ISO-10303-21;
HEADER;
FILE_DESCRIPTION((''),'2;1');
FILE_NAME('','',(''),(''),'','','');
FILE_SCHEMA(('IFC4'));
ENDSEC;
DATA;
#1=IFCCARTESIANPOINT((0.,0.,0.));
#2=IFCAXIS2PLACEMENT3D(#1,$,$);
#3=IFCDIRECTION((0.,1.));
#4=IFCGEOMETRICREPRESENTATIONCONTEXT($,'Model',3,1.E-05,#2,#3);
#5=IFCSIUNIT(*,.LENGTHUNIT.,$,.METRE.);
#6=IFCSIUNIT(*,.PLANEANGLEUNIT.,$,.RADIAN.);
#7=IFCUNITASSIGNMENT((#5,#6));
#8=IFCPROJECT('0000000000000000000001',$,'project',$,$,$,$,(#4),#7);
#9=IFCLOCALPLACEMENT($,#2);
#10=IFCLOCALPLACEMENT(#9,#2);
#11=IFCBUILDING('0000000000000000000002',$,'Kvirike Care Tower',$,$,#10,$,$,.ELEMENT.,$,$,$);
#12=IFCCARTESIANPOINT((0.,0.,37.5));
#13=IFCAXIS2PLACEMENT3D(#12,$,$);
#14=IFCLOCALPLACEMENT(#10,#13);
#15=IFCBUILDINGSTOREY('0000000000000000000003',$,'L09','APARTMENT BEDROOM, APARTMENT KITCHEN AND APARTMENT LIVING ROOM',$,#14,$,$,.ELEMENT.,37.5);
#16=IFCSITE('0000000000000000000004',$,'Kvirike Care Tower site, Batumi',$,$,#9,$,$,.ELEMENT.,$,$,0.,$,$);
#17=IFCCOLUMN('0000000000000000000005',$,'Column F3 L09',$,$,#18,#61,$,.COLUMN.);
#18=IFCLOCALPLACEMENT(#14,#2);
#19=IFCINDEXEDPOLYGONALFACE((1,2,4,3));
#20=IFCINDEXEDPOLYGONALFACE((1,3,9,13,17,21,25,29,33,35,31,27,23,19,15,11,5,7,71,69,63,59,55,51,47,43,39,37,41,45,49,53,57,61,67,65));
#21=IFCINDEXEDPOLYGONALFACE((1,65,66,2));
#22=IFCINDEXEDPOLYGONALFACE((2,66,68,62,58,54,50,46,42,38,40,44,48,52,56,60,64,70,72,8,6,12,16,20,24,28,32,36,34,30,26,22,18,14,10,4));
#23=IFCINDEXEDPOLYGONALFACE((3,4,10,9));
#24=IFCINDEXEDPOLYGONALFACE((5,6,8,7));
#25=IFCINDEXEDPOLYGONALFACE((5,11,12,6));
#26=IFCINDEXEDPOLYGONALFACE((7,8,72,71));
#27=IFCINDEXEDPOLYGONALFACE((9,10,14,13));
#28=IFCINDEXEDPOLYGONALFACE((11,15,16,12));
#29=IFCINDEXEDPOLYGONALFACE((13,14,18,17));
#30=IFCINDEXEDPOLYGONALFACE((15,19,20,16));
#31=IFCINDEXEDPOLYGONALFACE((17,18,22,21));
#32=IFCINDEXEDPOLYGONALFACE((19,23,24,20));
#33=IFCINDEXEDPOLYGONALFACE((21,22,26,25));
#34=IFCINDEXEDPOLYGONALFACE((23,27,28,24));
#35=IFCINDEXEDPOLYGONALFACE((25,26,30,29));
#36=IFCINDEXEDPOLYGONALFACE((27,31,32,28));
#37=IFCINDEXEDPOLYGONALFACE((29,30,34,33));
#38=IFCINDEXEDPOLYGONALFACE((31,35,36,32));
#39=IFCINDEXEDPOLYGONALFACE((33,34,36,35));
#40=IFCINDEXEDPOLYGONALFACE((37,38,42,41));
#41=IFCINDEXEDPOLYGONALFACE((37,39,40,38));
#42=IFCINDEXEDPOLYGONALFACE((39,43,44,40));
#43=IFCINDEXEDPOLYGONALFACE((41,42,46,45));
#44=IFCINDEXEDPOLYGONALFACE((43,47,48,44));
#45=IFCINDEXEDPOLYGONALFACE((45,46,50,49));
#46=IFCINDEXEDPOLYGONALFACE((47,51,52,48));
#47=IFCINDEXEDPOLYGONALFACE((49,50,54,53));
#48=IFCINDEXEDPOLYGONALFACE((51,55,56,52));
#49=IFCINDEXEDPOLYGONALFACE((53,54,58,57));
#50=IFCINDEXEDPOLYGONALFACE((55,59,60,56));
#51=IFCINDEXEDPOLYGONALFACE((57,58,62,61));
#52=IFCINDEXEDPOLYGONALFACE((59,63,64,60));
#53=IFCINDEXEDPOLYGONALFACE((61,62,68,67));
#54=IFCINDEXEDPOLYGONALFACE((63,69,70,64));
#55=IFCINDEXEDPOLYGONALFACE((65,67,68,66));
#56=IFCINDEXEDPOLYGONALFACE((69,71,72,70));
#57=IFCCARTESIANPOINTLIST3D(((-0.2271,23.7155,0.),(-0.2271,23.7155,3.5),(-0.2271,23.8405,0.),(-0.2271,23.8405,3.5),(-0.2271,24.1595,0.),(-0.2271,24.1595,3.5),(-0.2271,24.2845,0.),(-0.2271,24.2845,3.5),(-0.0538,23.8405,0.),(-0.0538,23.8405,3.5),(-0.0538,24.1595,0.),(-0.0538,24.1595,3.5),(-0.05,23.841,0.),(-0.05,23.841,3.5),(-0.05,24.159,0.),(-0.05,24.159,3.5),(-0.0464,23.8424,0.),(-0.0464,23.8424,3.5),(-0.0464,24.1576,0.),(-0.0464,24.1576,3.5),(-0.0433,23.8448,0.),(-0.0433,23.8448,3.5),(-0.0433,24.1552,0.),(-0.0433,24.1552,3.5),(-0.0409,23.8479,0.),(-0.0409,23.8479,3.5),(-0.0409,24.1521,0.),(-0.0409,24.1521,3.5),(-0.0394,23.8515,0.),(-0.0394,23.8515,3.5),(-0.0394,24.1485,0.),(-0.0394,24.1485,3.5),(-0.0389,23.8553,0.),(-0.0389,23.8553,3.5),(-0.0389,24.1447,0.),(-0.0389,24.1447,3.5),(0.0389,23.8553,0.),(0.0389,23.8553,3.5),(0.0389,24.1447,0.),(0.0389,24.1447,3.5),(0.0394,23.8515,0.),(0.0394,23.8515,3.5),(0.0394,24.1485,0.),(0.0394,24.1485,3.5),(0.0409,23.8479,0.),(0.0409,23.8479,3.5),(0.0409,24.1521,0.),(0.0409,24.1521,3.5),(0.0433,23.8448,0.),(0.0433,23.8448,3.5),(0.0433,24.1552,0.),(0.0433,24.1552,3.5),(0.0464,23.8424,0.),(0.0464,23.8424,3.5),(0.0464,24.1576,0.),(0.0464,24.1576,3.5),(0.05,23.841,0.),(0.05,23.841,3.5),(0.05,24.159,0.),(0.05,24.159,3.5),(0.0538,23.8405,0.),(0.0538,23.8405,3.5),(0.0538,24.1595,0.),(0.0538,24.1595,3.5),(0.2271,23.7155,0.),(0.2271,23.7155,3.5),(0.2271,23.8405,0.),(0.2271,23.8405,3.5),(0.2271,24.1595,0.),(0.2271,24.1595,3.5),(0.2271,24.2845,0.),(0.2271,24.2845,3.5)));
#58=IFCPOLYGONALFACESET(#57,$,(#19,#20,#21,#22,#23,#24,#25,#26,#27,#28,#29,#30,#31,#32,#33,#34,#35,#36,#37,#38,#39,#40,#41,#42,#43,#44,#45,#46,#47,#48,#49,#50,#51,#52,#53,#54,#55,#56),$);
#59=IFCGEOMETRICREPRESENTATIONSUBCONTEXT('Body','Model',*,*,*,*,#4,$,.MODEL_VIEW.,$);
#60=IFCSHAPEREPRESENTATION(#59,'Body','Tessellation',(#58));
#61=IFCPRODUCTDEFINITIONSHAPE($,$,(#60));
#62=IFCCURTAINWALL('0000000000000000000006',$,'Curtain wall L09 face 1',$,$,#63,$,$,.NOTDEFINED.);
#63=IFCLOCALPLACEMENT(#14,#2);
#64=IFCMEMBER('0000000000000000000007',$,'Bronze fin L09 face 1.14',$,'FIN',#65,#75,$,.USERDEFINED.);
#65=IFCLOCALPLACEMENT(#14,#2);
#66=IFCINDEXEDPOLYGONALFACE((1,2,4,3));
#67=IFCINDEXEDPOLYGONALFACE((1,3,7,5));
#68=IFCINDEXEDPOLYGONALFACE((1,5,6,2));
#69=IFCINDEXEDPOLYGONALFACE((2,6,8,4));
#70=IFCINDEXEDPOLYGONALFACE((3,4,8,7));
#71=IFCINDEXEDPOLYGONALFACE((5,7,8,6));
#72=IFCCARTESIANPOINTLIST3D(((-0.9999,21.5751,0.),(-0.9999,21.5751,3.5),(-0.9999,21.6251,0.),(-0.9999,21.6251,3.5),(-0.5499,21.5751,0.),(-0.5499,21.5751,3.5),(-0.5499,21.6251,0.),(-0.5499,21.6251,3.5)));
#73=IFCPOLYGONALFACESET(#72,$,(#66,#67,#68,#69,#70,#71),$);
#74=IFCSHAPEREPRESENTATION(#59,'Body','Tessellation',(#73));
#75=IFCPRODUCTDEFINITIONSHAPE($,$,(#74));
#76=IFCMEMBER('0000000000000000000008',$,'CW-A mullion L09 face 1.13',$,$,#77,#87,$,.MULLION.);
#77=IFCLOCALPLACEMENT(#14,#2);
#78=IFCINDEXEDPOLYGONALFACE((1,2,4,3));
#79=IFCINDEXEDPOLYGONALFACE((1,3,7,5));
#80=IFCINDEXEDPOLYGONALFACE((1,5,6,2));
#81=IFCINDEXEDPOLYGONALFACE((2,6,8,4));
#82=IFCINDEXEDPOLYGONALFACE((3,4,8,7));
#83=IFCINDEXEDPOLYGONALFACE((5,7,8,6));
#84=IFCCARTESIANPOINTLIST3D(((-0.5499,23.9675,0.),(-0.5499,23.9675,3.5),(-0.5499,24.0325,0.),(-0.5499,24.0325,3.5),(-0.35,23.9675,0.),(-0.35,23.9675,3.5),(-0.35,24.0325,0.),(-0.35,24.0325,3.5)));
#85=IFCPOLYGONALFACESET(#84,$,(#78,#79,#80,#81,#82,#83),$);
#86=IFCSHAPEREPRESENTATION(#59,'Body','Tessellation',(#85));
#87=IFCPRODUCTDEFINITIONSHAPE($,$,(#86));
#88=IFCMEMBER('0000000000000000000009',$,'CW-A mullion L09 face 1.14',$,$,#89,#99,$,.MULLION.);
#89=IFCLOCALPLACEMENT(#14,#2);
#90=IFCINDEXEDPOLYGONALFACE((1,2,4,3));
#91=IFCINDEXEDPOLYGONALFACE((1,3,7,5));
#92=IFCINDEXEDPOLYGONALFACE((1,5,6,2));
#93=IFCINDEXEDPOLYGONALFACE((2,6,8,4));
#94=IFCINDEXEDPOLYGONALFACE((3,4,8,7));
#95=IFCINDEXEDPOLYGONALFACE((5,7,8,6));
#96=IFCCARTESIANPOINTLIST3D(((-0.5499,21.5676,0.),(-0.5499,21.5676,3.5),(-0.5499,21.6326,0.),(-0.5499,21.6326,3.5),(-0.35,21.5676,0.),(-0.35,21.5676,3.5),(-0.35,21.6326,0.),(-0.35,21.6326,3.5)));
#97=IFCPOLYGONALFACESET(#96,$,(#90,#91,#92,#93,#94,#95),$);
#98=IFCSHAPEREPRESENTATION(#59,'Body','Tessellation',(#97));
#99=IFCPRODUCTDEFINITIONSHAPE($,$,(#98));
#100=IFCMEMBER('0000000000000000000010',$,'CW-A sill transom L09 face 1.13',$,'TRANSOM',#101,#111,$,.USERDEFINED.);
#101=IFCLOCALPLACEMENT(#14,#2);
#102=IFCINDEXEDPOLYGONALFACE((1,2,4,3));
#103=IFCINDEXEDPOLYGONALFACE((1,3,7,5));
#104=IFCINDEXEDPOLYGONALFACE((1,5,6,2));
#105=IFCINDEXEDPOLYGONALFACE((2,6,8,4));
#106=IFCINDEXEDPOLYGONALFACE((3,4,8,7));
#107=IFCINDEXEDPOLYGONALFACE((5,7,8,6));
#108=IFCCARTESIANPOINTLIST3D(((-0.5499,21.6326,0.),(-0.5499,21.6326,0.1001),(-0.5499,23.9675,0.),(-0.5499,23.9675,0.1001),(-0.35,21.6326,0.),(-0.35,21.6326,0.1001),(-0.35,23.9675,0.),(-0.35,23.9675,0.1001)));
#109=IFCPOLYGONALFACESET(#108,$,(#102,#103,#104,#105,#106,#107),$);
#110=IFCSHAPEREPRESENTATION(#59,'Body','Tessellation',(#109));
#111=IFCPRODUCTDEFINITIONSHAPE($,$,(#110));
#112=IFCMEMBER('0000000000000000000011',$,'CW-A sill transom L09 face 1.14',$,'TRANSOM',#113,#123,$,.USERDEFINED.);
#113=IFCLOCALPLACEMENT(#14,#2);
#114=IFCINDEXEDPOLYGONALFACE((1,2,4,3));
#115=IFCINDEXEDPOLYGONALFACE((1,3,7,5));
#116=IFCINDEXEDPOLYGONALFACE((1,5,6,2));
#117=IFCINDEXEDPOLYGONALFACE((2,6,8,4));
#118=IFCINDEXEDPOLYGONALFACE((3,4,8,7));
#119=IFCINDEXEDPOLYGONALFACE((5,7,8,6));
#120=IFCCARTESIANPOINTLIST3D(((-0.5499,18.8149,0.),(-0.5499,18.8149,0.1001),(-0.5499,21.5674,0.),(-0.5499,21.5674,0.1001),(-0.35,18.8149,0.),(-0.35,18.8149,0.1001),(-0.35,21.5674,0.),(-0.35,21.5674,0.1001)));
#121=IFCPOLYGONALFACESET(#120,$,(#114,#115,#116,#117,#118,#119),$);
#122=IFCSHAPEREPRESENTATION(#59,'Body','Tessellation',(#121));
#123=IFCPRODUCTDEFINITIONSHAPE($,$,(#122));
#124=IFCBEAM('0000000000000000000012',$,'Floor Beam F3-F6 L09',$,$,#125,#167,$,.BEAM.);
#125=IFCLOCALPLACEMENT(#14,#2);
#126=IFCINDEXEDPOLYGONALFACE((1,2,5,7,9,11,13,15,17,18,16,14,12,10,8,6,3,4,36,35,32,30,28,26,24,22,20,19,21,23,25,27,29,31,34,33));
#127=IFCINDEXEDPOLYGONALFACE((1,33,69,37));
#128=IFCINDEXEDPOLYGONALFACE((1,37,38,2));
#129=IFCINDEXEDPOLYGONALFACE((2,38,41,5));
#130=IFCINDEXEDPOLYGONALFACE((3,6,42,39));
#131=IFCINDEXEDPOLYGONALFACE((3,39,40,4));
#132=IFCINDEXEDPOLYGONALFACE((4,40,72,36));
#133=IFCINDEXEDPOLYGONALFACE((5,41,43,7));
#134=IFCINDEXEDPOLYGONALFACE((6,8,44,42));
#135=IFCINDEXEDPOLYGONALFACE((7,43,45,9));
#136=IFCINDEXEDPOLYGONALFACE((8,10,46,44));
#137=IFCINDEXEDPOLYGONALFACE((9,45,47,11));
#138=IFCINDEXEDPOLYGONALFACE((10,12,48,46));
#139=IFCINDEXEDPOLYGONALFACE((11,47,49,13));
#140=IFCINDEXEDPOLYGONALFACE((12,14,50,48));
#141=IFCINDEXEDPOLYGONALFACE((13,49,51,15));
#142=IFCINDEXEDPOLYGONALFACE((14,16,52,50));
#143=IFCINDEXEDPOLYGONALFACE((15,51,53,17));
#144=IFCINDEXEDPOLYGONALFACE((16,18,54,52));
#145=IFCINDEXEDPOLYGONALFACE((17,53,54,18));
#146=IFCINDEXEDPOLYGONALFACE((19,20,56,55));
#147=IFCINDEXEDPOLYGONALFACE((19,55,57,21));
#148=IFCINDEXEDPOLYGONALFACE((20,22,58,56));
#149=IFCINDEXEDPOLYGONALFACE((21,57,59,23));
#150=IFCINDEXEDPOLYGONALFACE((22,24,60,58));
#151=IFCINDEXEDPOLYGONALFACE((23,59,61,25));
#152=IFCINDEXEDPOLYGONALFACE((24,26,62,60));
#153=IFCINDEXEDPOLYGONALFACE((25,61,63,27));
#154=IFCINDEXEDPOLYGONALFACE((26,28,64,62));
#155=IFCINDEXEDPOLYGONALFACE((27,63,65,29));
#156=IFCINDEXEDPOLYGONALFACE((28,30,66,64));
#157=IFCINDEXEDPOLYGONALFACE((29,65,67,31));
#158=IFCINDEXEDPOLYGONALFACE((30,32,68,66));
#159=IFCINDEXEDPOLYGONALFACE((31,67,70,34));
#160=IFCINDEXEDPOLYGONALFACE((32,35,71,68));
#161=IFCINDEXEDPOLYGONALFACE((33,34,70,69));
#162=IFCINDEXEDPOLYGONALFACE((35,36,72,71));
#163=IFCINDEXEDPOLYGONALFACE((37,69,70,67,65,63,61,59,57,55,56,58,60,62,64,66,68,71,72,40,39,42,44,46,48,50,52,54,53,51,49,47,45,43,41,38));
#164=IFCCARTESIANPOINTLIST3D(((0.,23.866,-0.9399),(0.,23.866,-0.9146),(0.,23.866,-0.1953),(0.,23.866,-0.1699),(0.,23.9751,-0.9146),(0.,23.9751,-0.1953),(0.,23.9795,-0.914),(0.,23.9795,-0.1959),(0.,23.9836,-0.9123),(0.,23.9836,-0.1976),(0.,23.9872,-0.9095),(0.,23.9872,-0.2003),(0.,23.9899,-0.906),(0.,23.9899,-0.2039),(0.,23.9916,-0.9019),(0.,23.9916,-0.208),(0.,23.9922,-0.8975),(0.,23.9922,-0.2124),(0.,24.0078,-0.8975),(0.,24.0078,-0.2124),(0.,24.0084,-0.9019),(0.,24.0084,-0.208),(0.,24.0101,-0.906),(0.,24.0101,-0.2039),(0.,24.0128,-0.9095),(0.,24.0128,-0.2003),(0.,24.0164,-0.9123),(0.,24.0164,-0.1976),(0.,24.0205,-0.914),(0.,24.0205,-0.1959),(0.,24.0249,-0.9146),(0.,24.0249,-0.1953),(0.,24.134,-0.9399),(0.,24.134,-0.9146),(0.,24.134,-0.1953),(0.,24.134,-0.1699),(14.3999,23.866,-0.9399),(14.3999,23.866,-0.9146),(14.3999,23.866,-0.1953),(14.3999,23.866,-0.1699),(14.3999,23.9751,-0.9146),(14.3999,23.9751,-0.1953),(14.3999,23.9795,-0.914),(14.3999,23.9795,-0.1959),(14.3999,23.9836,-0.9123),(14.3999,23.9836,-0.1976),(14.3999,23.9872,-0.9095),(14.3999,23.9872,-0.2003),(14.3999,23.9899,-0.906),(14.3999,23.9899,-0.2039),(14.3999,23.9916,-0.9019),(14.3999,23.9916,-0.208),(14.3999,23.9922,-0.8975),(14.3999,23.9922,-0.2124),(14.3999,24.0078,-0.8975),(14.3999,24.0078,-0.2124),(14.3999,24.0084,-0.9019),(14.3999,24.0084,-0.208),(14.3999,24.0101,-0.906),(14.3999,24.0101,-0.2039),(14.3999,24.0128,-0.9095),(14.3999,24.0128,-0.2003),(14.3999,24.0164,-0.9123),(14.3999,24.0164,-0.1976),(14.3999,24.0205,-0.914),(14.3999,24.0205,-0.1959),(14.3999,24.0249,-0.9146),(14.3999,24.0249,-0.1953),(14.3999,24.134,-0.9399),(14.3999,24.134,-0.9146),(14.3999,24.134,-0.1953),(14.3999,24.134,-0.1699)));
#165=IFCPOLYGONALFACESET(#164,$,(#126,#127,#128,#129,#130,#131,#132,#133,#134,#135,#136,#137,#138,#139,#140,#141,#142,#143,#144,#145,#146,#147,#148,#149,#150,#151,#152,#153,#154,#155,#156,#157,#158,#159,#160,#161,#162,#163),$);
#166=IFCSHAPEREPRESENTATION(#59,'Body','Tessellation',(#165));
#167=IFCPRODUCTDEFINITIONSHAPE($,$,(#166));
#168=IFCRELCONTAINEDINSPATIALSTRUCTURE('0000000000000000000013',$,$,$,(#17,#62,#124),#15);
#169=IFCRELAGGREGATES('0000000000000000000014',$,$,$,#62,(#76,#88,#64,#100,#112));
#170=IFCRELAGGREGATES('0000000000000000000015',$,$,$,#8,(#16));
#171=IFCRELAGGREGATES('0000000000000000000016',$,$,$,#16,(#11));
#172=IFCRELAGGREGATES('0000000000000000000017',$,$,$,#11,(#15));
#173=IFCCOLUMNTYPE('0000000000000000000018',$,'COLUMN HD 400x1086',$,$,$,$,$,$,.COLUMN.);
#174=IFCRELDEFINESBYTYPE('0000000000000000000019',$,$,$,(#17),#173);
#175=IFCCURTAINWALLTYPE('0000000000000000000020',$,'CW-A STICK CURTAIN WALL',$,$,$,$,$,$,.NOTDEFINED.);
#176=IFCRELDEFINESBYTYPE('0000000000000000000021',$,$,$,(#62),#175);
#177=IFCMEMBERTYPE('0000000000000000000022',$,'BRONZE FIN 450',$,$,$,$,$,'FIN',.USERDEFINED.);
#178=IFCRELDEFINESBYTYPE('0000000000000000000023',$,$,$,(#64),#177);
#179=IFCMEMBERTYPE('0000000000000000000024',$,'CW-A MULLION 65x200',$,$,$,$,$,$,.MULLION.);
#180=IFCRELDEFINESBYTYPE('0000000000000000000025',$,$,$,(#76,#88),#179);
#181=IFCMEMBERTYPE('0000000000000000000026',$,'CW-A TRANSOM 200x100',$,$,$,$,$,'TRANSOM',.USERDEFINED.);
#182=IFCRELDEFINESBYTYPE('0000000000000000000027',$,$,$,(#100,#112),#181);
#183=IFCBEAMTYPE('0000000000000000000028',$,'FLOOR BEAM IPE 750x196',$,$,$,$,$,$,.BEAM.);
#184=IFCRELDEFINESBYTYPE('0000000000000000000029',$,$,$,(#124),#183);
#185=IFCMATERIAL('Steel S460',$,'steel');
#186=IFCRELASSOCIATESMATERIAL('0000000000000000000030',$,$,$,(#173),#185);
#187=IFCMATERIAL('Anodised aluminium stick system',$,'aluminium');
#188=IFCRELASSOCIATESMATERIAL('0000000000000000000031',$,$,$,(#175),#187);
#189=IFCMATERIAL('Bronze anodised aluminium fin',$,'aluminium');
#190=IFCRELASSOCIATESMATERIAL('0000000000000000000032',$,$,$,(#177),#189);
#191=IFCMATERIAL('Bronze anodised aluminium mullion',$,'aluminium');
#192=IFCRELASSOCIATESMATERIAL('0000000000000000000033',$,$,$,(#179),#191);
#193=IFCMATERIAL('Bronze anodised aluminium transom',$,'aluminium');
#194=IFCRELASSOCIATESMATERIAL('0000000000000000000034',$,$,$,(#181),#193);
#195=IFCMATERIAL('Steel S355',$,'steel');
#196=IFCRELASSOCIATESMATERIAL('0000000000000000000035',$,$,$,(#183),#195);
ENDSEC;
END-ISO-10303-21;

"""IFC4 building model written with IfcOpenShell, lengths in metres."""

from ifc_helpers import new_model, si_unit, direction, frame, origin, origin_2d, place, context, subcontext, project, spatial, rectangle, i_section, extrude, material, material_profile, profile_set, type_object, element, aggregate, save


model = new_model("IFC4")

# Units and contexts
model_context = context("Model", 3, precision=1e-05, world=origin(), true_north=direction((0.0, 1.0)))
body_context = subcontext(model_context, "Body", "Model", "MODEL_VIEW")
ifc_project = project(units=[si_unit("LENGTHUNIT", "METRE"), si_unit("PLANEANGLEUNIT", "RADIAN")], contexts=[model_context])

# Site, building, storey
site_placement = place(None, origin())
site = spatial("IfcSite", under=ifc_project, at=site_placement, Name="Kvirike Care Tower site, Batumi", CompositionType="ELEMENT", RefElevation=0.0)
building_placement = place(site_placement, origin())
building = spatial("IfcBuilding", under=site, at=building_placement, Name="Kvirike Care Tower", CompositionType="ELEMENT")
storey_placement = place(building_placement, frame((0.0, 0.0, 37.5)))
storey = spatial("IfcBuildingStorey", under=building, at=storey_placement, Name="L09", Description="APARTMENT BEDROOM, APARTMENT KITCHEN AND APARTMENT LIVING ROOM", CompositionType="ELEMENT", Elevation=37.5)

# Column
ifc_material_1 = material(Name="Steel S460", Category="steel")
ifc_material_profile_1 = material_profile(ifc_material_1, i_section(OverallWidth=0.4541, OverallDepth=0.5691, WebThickness=0.0779, FlangeThickness=0.125, FilletRadius=0.0149, at=origin_2d()), Name="HD 400x1086")
ifc_profile_set_1 = profile_set([ifc_material_profile_1], Name="Steel S460")
column_type = type_object("IfcColumnType", Name="COLUMN HD 400x1086", PredefinedType="COLUMN", material=ifc_profile_set_1)
column_placement = place(storey_placement, frame((0.0, 24.0, 0.0), z_axis=(0.0, 0.0, 1.0), x_axis=(1.0, 0.0, 0.0)))
element("IfcColumn", 1, at=column_placement, inside=storey, type_object=column_type, Name="Column F3 L09", PredefinedType="COLUMN", context=body_context, shape_type="SweptSolid", body=[
    extrude(i_section(OverallWidth=0.4541, OverallDepth=0.5691, WebThickness=0.0779, FlangeThickness=0.125, FilletRadius=0.0149, at=origin_2d()), origin(), (0.0, 0.0, 1.0), 3.5),
])

# Curtain wall, members
ifc_material_2 = material(Name="Anodised aluminium stick system", Category="aluminium")
curtain_wall_type = type_object("IfcCurtainWallType", Name="CW-A STICK CURTAIN WALL", PredefinedType="NOTDEFINED", material=ifc_material_2)
curtain_wall_placement = place(storey_placement, origin())
curtain_wall = element("IfcCurtainWall", 2, at=curtain_wall_placement, inside=storey, type_object=curtain_wall_type, Name="Curtain wall L09 face 1", PredefinedType="NOTDEFINED")
ifc_material_3 = material(Name="Bronze anodised aluminium fin", Category="aluminium")
ifc_material_profile_2 = material_profile(ifc_material_3, rectangle(XDim=0.05, YDim=0.45, at=origin_2d()), Name="BRONZE FIN 450")
ifc_profile_set_2 = profile_set([ifc_material_profile_2], Name="Bronze anodised aluminium fin")
member_type_1 = type_object("IfcMemberType", Name="BRONZE FIN 450", ElementType="FIN", PredefinedType="USERDEFINED", material=ifc_profile_set_2)
member_1_placement = place(storey_placement, frame((-0.7749, 21.6001, 0.0), z_axis=(0.0, 0.0, 1.0), x_axis=(0.0, -1.0, 0.0)))
member_1 = element("IfcMember", 3, at=member_1_placement, type_object=member_type_1, Name="Bronze fin L09 face 1.14", ObjectType="FIN", PredefinedType="USERDEFINED", context=body_context, shape_type="SweptSolid", body=[
    extrude(rectangle(XDim=0.05, YDim=0.45, at=origin_2d()), origin(), (0.0, 0.0, 1.0), 3.5),
])
ifc_material_4 = material(Name="Bronze anodised aluminium mullion", Category="aluminium")
ifc_material_profile_3 = material_profile(ifc_material_4, rectangle(XDim=0.0649, YDim=0.2, at=origin_2d()), Name="CW-A MULLION 65x200")
ifc_profile_set_3 = profile_set([ifc_material_profile_3], Name="Bronze anodised aluminium mullion")
member_type_2 = type_object("IfcMemberType", Name="CW-A MULLION 65x200", PredefinedType="MULLION", material=ifc_profile_set_3)
member_2_placement = place(storey_placement, frame((-0.45, 24.0, 0.0), z_axis=(0.0, 0.0, 1.0), x_axis=(0.0, -1.0, 0.0)))
member_2 = element("IfcMember", 4, at=member_2_placement, type_object=member_type_2, Name="CW-A mullion L09 face 1.13", PredefinedType="MULLION", context=body_context, shape_type="SweptSolid", body=[
    extrude(rectangle(XDim=0.0649, YDim=0.2, at=origin_2d()), origin(), (0.0, 0.0, 1.0), 3.5),
])
member_3_placement = place(storey_placement, frame((-0.45, 21.6001, 0.0), z_axis=(0.0, 0.0, 1.0), x_axis=(0.0, -1.0, 0.0)))
member_3 = element("IfcMember", 5, at=member_3_placement, type_object=member_type_2, Name="CW-A mullion L09 face 1.14", PredefinedType="MULLION", context=body_context, shape_type="SweptSolid", body=[
    extrude(rectangle(XDim=0.0649, YDim=0.2, at=origin_2d()), origin(), (0.0, 0.0, 1.0), 3.5),
])
ifc_material_5 = material(Name="Bronze anodised aluminium transom", Category="aluminium")
ifc_material_profile_4 = material_profile(ifc_material_5, rectangle(XDim=0.2, YDim=0.1001, at=origin_2d()), Name="CW-A TRANSOM 200x100")
ifc_profile_set_4 = profile_set([ifc_material_profile_4], Name="Bronze anodised aluminium transom")
member_type_3 = type_object("IfcMemberType", Name="CW-A TRANSOM 200x100", ElementType="TRANSOM", PredefinedType="USERDEFINED", material=ifc_profile_set_4)
member_4_placement = place(storey_placement, frame((-0.45, 23.9675, 0.05), z_axis=(0.0, -1.0, 0.0), x_axis=(1.0, 0.0, 0.0)))
member_4 = element("IfcMember", 6, at=member_4_placement, type_object=member_type_3, Name="CW-A sill transom L09 face 1.13", ObjectType="TRANSOM", PredefinedType="USERDEFINED", context=body_context, shape_type="SweptSolid", body=[
    extrude(rectangle(XDim=0.2, YDim=0.1001, at=origin_2d()), origin(), (0.0, 0.0, 1.0), 2.335),
])
member_5_placement = place(storey_placement, frame((-0.45, 21.5674, 0.05), z_axis=(0.0, -1.0, 0.0), x_axis=(1.0, 0.0, 0.0)))
member_5 = element("IfcMember", 7, at=member_5_placement, type_object=member_type_3, Name="CW-A sill transom L09 face 1.14", ObjectType="TRANSOM", PredefinedType="USERDEFINED", context=body_context, shape_type="SweptSolid", body=[
    extrude(rectangle(XDim=0.2, YDim=0.1001, at=origin_2d()), origin(), (0.0, 0.0, 1.0), 2.7524),
])

# Beam
ifc_material_6 = material(Name="Steel S355", Category="steel")
ifc_material_profile_5 = material_profile(ifc_material_6, i_section(OverallWidth=0.2681, OverallDepth=0.77, WebThickness=0.0156, FlangeThickness=0.0254, FilletRadius=0.0171, at=origin_2d()), Name="IPE 750x196")
ifc_profile_set_5 = profile_set([ifc_material_profile_5], Name="Steel S355")
beam_type_1 = type_object("IfcBeamType", Name="FLOOR BEAM IPE 750x196", PredefinedType="BEAM", material=ifc_profile_set_5)
beam_1_placement = place(storey_placement, frame((0.0, 24.0, -0.5549), z_axis=(1.0, 0.0, 0.0), x_axis=(0.0, 1.0, 0.0)))
element("IfcBeam", 8, at=beam_1_placement, inside=storey, type_object=beam_type_1, Name="Floor Beam F3-F6 L09", PredefinedType="BEAM", context=body_context, shape_type="SweptSolid", body=[
    extrude(i_section(OverallWidth=0.2681, OverallDepth=0.77, WebThickness=0.0156, FlangeThickness=0.0254, FilletRadius=0.0171, at=origin_2d()), origin(), (0.0, 0.0, 1.0), 14.3999),
])

aggregate(curtain_wall, [member_2, member_3, member_1, member_4, member_5])

save(model, "model.ifc")
